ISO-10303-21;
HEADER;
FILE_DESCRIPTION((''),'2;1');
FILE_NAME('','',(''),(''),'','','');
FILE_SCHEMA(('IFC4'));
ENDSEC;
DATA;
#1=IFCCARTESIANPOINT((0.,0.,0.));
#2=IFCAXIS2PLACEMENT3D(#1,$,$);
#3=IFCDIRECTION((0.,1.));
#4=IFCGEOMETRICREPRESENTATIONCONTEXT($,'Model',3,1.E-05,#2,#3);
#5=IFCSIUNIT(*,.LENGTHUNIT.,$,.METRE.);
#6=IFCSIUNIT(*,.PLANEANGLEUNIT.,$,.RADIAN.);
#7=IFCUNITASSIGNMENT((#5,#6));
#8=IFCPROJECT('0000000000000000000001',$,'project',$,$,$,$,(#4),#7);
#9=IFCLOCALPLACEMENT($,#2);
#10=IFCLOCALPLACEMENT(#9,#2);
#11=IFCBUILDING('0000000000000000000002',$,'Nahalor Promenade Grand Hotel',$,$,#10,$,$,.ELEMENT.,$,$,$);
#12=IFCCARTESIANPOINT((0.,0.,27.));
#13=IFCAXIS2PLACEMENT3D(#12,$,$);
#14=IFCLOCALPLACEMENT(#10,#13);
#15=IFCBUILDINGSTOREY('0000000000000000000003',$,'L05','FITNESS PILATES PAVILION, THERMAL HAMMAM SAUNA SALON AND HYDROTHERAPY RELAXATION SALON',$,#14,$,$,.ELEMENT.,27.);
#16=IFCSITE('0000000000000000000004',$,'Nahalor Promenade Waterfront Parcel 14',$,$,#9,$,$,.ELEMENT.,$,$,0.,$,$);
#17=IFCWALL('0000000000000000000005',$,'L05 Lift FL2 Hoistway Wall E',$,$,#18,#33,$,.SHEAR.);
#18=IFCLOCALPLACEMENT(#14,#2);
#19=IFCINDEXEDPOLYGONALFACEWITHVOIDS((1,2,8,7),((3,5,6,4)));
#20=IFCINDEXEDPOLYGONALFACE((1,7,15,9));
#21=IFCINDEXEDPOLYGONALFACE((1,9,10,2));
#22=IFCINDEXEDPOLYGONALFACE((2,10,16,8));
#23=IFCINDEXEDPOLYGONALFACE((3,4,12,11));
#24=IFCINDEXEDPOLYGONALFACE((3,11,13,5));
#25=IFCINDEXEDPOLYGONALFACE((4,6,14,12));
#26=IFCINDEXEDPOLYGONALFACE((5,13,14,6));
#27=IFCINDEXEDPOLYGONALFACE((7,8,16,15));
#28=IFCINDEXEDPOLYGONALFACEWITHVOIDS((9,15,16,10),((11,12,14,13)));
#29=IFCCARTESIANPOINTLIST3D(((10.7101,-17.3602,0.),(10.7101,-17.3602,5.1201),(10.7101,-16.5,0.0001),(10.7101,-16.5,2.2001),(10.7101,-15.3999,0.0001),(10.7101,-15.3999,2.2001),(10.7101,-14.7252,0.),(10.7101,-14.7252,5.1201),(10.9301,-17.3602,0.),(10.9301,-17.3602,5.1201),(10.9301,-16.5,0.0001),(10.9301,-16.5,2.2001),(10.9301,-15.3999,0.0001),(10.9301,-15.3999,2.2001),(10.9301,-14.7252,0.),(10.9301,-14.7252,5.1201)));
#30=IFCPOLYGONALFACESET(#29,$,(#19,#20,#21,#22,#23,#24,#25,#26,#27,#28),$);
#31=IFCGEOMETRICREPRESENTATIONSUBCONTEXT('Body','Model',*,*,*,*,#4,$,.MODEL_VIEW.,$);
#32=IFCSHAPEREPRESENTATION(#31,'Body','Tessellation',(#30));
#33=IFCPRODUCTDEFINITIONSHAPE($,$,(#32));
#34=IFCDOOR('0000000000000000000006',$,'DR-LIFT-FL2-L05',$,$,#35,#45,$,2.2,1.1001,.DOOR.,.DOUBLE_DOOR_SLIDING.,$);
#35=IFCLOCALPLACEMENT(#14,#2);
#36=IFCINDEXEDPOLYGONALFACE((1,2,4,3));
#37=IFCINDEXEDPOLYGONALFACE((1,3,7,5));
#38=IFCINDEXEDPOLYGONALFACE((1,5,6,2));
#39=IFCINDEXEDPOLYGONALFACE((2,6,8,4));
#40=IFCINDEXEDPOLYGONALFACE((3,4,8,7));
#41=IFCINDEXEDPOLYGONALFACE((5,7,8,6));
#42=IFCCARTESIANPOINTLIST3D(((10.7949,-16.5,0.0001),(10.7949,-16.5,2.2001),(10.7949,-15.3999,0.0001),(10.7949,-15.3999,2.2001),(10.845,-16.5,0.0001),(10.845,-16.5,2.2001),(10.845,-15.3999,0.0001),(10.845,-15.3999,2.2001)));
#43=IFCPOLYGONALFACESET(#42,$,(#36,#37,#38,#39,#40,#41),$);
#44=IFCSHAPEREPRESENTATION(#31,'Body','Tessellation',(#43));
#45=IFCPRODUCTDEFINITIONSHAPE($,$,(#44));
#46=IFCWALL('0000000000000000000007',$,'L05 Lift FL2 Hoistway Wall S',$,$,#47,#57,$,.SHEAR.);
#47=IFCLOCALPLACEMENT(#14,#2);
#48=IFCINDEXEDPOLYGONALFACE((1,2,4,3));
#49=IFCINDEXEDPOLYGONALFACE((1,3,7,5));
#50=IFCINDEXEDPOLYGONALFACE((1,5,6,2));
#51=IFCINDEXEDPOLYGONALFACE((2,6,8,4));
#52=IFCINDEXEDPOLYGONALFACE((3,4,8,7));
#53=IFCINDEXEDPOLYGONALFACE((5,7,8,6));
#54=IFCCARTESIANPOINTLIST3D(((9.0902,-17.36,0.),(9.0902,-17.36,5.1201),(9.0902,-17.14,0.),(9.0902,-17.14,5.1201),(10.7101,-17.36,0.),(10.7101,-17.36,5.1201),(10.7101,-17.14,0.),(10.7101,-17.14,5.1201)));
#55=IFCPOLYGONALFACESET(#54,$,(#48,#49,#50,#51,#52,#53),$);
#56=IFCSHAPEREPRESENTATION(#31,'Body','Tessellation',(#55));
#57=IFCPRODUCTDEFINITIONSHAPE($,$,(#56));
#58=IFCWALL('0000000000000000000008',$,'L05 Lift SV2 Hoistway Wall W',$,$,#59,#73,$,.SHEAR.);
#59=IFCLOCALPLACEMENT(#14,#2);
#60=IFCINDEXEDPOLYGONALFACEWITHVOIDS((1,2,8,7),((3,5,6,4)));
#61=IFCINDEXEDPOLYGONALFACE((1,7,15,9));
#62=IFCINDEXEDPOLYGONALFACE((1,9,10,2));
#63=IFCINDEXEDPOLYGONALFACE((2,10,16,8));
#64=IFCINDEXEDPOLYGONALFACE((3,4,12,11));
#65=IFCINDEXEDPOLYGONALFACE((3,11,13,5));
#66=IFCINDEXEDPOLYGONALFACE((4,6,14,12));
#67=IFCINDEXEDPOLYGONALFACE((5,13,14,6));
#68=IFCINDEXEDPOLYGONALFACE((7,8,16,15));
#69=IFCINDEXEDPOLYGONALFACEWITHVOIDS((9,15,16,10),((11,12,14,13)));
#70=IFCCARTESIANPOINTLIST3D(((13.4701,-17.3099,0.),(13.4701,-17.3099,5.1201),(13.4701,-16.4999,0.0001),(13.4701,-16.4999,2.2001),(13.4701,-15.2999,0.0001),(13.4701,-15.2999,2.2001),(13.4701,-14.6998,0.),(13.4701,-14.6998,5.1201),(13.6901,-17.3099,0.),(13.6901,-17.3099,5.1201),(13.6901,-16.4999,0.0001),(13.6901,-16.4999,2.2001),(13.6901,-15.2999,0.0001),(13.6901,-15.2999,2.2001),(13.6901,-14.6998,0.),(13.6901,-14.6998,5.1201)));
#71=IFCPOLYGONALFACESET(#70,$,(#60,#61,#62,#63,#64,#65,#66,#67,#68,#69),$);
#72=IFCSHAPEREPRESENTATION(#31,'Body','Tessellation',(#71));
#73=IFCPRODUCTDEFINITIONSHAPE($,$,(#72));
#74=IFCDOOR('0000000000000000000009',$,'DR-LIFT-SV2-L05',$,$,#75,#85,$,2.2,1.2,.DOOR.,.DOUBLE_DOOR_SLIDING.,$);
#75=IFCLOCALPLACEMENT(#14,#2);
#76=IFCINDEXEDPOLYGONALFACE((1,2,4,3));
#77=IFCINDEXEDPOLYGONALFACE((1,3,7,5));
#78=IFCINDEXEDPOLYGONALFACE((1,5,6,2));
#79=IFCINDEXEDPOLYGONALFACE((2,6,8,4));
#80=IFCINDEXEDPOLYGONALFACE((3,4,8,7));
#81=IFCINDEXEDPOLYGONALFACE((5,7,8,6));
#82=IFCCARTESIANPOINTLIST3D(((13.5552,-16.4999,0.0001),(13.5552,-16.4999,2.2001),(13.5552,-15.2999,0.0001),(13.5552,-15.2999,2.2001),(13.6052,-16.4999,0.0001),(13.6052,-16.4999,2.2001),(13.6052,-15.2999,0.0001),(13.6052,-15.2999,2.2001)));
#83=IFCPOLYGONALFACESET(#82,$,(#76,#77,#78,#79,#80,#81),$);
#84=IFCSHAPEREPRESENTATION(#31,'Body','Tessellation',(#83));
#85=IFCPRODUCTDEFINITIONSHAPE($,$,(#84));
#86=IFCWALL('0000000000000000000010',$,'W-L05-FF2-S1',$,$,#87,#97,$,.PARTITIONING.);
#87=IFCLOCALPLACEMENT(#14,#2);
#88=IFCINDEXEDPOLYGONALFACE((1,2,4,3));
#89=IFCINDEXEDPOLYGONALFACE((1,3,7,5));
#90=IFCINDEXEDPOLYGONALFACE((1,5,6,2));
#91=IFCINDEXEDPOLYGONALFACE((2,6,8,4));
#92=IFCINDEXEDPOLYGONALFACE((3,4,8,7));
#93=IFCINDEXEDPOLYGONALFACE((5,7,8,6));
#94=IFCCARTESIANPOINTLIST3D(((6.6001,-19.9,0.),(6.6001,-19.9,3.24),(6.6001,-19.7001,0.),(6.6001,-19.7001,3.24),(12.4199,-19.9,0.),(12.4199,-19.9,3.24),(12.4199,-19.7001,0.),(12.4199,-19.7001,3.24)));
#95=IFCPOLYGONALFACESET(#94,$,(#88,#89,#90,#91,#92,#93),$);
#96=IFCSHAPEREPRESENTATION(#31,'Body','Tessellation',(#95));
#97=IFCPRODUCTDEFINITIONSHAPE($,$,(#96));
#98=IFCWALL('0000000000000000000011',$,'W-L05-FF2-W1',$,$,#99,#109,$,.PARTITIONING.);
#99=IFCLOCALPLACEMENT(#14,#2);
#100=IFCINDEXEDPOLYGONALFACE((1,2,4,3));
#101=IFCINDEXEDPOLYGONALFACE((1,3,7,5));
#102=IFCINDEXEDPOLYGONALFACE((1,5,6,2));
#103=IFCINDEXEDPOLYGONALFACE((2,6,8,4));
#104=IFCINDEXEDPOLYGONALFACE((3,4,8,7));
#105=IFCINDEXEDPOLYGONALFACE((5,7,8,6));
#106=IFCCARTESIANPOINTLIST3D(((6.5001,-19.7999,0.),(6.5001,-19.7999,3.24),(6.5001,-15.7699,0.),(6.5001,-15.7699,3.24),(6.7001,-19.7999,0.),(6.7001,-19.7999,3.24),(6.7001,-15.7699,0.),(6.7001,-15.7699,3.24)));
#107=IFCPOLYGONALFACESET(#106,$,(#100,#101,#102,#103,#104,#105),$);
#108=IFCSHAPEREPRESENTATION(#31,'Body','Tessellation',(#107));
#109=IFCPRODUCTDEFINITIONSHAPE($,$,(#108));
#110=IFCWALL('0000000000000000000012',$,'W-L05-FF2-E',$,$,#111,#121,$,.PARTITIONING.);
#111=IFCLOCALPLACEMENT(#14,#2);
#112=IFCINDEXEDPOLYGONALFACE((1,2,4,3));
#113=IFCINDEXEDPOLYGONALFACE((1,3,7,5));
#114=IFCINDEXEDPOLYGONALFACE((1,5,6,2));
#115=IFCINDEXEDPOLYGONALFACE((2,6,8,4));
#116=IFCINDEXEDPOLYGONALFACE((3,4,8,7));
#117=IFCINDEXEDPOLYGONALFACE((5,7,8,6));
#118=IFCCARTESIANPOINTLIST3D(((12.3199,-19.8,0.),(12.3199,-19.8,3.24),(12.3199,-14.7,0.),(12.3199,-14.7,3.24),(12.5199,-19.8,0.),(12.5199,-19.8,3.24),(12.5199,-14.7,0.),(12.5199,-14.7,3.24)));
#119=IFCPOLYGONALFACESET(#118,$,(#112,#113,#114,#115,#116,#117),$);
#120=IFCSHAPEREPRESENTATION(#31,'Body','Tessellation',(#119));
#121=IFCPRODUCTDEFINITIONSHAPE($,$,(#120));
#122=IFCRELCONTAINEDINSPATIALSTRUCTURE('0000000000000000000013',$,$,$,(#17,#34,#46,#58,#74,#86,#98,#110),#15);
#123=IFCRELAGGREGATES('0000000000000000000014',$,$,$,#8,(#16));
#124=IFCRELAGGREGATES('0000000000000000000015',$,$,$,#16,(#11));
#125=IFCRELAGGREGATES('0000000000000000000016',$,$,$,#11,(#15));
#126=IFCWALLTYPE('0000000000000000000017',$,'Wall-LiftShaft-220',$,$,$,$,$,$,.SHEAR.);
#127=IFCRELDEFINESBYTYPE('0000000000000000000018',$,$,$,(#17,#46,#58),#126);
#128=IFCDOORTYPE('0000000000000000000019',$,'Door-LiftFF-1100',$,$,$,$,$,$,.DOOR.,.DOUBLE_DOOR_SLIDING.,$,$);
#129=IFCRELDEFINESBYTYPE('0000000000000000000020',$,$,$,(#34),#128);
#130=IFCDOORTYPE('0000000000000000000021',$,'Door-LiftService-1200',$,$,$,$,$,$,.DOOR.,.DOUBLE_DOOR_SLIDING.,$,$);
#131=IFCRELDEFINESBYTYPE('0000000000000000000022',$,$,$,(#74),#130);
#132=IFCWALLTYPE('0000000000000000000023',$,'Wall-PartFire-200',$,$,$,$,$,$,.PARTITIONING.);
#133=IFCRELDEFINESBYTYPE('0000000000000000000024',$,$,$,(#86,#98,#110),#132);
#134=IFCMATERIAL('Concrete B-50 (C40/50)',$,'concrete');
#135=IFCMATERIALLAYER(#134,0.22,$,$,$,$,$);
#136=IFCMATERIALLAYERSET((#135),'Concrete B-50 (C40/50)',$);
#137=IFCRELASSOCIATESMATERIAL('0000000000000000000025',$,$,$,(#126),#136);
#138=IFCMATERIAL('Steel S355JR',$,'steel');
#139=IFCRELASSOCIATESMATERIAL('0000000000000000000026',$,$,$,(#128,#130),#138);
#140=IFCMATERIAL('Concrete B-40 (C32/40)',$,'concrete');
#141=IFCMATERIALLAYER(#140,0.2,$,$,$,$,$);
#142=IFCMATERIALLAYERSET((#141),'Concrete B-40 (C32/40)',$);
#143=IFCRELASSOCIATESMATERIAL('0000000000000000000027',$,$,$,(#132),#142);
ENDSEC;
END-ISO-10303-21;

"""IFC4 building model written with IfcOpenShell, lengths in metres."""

from ifc_helpers import new_model, si_unit, direction, frame, frame_2d, origin, place, context, subcontext, project, spatial, rectangle, extrude, source, transform, mapped, material, layer, layer_set, type_object, element, fill, save


model = new_model("IFC4")

# Units and contexts
model_context = context("Model", 3, precision=1e-05, world=origin(), true_north=direction((0.0, 1.0)))
body_context = subcontext(model_context, "Body", "Model", "MODEL_VIEW")
ifc_project = project(units=[si_unit("LENGTHUNIT", "METRE"), si_unit("PLANEANGLEUNIT", "RADIAN")], contexts=[model_context])

# Site, building, storey
site_placement = place(None, origin())
site = spatial("IfcSite", under=ifc_project, at=site_placement, Name="Nahalor Promenade Waterfront Parcel 14", CompositionType="ELEMENT", RefElevation=0.0)
building_placement = place(site_placement, origin())
building = spatial("IfcBuilding", under=site, at=building_placement, Name="Nahalor Promenade Grand Hotel", CompositionType="ELEMENT")
storey_placement = place(building_placement, frame((0.0, 0.0, 27.0)))
storey = spatial("IfcBuildingStorey", under=building, at=storey_placement, Name="L05", Description="FITNESS PILATES PAVILION, THERMAL HAMMAM SAUNA SALON AND HYDROTHERAPY RELAXATION SALON", CompositionType="ELEMENT", Elevation=27.0)

# Shared definitions
ifc_material_1 = material(Name="Steel S355JR", Category="steel")

# Shared definitions
ifc_material_2 = material(Name="Concrete B-50 (C40/50)", Category="concrete")

# Shared definitions
ifc_layer_1 = layer(ifc_material_2, 0.22)
ifc_layer_set_1 = layer_set([ifc_layer_1], Name="Concrete B-50 (C40/50)")
wall_type_1 = type_object("IfcWallType", Name="Wall-LiftShaft-220", PredefinedType="SHEAR", material=ifc_layer_set_1)
shared_shape_1 = source(origin(), body_context, "Body", "SweptSolid", [
    extrude(rectangle(XDim=2.635, YDim=0.22, at=frame_2d((1.3174, 0.0))), origin(), (0.0, 0.0, 1.0), 5.1201),
])

# Wall, opening, door
wall_1_placement = place(storey_placement, frame((10.8201, -17.3601, 0.0), z_axis=(0.0, 0.0, 1.0), x_axis=(0.0, 1.0, 0.0)))
wall_1 = element("IfcWall", 1, at=wall_1_placement, inside=storey, type_object=wall_type_1, Name="L05 Lift FL2 Hoistway Wall E", PredefinedType="SHEAR", context=body_context, shape_type="MappedRepresentation", body=[
    mapped(shared_shape_1, transform((0.0, 0.0, 0.0), scale=1.0)),
])
opening_1_placement = place(wall_1_placement, frame((0.8601, 0.0, 0.0)))
opening_1 = element("IfcOpeningElement", 2, at=opening_1_placement, cuts=wall_1, PredefinedType="OPENING", context=body_context, shape_type="SweptSolid", body=[
    extrude(rectangle(XDim=1.1001, YDim=2.2, at=frame_2d((0.55, 1.1001))), frame((0.0, 0.1199, 0.0), z_axis=(0.0, -1.0, 0.0), x_axis=(1.0, 0.0, 0.0)), (0.0, 0.0, 1.0), 0.24),
])
door_type_1 = type_object("IfcDoorType", Name="Door-LiftFF-1100", OperationType="DOUBLE_DOOR_SLIDING", PredefinedType="DOOR", material=ifc_material_1)
shared_shape_2 = source(origin(), body_context, "Body", "SweptSolid", [
    extrude(rectangle(XDim=1.1001, YDim=2.2, at=frame_2d((0.55, 1.1001))), frame((0.0, 0.0249, 0.0), z_axis=(0.0, -1.0, 0.0), x_axis=(1.0, 0.0, 0.0)), (0.0, 0.0, 1.0), 0.05),
])
door_1_placement = place(opening_1_placement, frame((1.1001, 0.0, 0.0), z_axis=(0.0, 0.0, 1.0), x_axis=(-1.0, 0.0, 0.0)))
door_1 = element("IfcDoor", 3, at=door_1_placement, inside=storey, type_object=door_type_1, Name="DR-LIFT-FL2-L05", OperationType="DOUBLE_DOOR_SLIDING", OverallHeight=2.2, OverallWidth=1.1001, PredefinedType="DOOR", context=body_context, shape_type="MappedRepresentation", body=[
    mapped(shared_shape_2, transform((0.0, 0.0, 0.0), scale=1.0)),
])
fill(opening_1, door_1)

# Wall
shared_shape_3 = source(origin(), body_context, "Body", "SweptSolid", [
    extrude(rectangle(XDim=1.6199, YDim=0.22, at=frame_2d((0.8101, 0.0))), origin(), (0.0, 0.0, 1.0), 5.1201),
])
wall_2_placement = place(storey_placement, frame((9.0901, -17.25, 0.0), z_axis=(0.0, 0.0, 1.0), x_axis=(1.0, 0.0, 0.0)))
element("IfcWall", 4, at=wall_2_placement, inside=storey, type_object=wall_type_1, Name="L05 Lift FL2 Hoistway Wall S", PredefinedType="SHEAR", context=body_context, shape_type="MappedRepresentation", body=[
    mapped(shared_shape_3, transform((0.0, 0.0, 0.0), scale=1.0)),
])

# Wall, opening, door
shared_shape_4 = source(origin(), body_context, "Body", "SweptSolid", [
    extrude(rectangle(XDim=2.6101, YDim=0.22, at=frame_2d((1.3052, 0.0))), origin(), (0.0, 0.0, 1.0), 5.1201),
])
wall_3_placement = place(storey_placement, frame((13.5801, -17.3101, 0.0), z_axis=(0.0, 0.0, 1.0), x_axis=(0.0, 1.0, 0.0)))
wall_3 = element("IfcWall", 5, at=wall_3_placement, inside=storey, type_object=wall_type_1, Name="L05 Lift SV2 Hoistway Wall W", PredefinedType="SHEAR", context=body_context, shape_type="MappedRepresentation", body=[
    mapped(shared_shape_4, transform((0.0, 0.0, 0.0), scale=1.0)),
])
opening_2_placement = place(wall_3_placement, frame((0.8101, 0.0, 0.0)))
opening_2 = element("IfcOpeningElement", 6, at=opening_2_placement, cuts=wall_3, PredefinedType="OPENING", context=body_context, shape_type="SweptSolid", body=[
    extrude(rectangle(XDim=1.2, YDim=2.2, at=frame_2d((0.6001, 1.1001))), frame((0.0, 0.1199, 0.0), z_axis=(0.0, -1.0, 0.0), x_axis=(1.0, 0.0, 0.0)), (0.0, 0.0, 1.0), 0.24),
])
door_type_2 = type_object("IfcDoorType", Name="Door-LiftService-1200", OperationType="DOUBLE_DOOR_SLIDING", PredefinedType="DOOR", material=ifc_material_1)
shared_shape_5 = source(origin(), body_context, "Body", "SweptSolid", [
    extrude(rectangle(XDim=1.2, YDim=2.2, at=frame_2d((0.6001, 1.1001))), frame((0.0, 0.0249, 0.0), z_axis=(0.0, -1.0, 0.0), x_axis=(1.0, 0.0, 0.0)), (0.0, 0.0, 1.0), 0.05),
])
door_2_placement = place(opening_2_placement, origin())
door_2 = element("IfcDoor", 7, at=door_2_placement, inside=storey, type_object=door_type_2, Name="DR-LIFT-SV2-L05", OperationType="DOUBLE_DOOR_SLIDING", OverallHeight=2.2, OverallWidth=1.2, PredefinedType="DOOR", context=body_context, shape_type="MappedRepresentation", body=[
    mapped(shared_shape_5, transform((0.0, 0.0, 0.0), scale=1.0)),
])
fill(opening_2, door_2)

# Walls
ifc_material_3 = material(Name="Concrete B-40 (C32/40)", Category="concrete")
ifc_layer_2 = layer(ifc_material_3, 0.2)
ifc_layer_set_2 = layer_set([ifc_layer_2], Name="Concrete B-40 (C32/40)")
wall_type_2 = type_object("IfcWallType", Name="Wall-PartFire-200", PredefinedType="PARTITIONING", material=ifc_layer_set_2)
shared_shape_6 = source(origin(), body_context, "Body", "SweptSolid", [
    extrude(rectangle(XDim=5.8198, YDim=0.2, at=frame_2d((2.9099, 0.0))), origin(), (0.0, 0.0, 1.0), 3.24),
])
wall_4_placement = place(storey_placement, frame((6.6001, -19.8, 0.0), z_axis=(0.0, 0.0, 1.0), x_axis=(1.0, 0.0, 0.0)))
element("IfcWall", 8, at=wall_4_placement, inside=storey, type_object=wall_type_2, Name="W-L05-FF2-S1", PredefinedType="PARTITIONING", context=body_context, shape_type="MappedRepresentation", body=[
    mapped(shared_shape_6, transform((0.0, 0.0, 0.0), scale=1.0)),
])
shared_shape_7 = source(origin(), body_context, "Body", "SweptSolid", [
    extrude(rectangle(XDim=4.03, YDim=0.2, at=frame_2d((2.0151, 0.0))), origin(), (0.0, 0.0, 1.0), 3.24),
])
wall_5_placement = place(storey_placement, frame((6.6001, -19.8, 0.0), z_axis=(0.0, 0.0, 1.0), x_axis=(0.0, 1.0, 0.0)))
element("IfcWall", 9, at=wall_5_placement, inside=storey, type_object=wall_type_2, Name="W-L05-FF2-W1", PredefinedType="PARTITIONING", context=body_context, shape_type="MappedRepresentation", body=[
    mapped(shared_shape_7, transform((0.0, 0.0, 0.0), scale=1.0)),
])
shared_shape_8 = source(origin(), body_context, "Body", "SweptSolid", [
    extrude(rectangle(XDim=5.1001, YDim=0.2, at=frame_2d((2.55, 0.0))), origin(), (0.0, 0.0, 1.0), 3.24),
])
wall_6_placement = place(storey_placement, frame((12.4199, -19.8, 0.0), z_axis=(0.0, 0.0, 1.0), x_axis=(0.0, 1.0, 0.0)))
element("IfcWall", 10, at=wall_6_placement, inside=storey, type_object=wall_type_2, Name="W-L05-FF2-E", PredefinedType="PARTITIONING", context=body_context, shape_type="MappedRepresentation", body=[
    mapped(shared_shape_8, transform((0.0, 0.0, 0.0), scale=1.0)),
])

save(model, "model.ifc")
